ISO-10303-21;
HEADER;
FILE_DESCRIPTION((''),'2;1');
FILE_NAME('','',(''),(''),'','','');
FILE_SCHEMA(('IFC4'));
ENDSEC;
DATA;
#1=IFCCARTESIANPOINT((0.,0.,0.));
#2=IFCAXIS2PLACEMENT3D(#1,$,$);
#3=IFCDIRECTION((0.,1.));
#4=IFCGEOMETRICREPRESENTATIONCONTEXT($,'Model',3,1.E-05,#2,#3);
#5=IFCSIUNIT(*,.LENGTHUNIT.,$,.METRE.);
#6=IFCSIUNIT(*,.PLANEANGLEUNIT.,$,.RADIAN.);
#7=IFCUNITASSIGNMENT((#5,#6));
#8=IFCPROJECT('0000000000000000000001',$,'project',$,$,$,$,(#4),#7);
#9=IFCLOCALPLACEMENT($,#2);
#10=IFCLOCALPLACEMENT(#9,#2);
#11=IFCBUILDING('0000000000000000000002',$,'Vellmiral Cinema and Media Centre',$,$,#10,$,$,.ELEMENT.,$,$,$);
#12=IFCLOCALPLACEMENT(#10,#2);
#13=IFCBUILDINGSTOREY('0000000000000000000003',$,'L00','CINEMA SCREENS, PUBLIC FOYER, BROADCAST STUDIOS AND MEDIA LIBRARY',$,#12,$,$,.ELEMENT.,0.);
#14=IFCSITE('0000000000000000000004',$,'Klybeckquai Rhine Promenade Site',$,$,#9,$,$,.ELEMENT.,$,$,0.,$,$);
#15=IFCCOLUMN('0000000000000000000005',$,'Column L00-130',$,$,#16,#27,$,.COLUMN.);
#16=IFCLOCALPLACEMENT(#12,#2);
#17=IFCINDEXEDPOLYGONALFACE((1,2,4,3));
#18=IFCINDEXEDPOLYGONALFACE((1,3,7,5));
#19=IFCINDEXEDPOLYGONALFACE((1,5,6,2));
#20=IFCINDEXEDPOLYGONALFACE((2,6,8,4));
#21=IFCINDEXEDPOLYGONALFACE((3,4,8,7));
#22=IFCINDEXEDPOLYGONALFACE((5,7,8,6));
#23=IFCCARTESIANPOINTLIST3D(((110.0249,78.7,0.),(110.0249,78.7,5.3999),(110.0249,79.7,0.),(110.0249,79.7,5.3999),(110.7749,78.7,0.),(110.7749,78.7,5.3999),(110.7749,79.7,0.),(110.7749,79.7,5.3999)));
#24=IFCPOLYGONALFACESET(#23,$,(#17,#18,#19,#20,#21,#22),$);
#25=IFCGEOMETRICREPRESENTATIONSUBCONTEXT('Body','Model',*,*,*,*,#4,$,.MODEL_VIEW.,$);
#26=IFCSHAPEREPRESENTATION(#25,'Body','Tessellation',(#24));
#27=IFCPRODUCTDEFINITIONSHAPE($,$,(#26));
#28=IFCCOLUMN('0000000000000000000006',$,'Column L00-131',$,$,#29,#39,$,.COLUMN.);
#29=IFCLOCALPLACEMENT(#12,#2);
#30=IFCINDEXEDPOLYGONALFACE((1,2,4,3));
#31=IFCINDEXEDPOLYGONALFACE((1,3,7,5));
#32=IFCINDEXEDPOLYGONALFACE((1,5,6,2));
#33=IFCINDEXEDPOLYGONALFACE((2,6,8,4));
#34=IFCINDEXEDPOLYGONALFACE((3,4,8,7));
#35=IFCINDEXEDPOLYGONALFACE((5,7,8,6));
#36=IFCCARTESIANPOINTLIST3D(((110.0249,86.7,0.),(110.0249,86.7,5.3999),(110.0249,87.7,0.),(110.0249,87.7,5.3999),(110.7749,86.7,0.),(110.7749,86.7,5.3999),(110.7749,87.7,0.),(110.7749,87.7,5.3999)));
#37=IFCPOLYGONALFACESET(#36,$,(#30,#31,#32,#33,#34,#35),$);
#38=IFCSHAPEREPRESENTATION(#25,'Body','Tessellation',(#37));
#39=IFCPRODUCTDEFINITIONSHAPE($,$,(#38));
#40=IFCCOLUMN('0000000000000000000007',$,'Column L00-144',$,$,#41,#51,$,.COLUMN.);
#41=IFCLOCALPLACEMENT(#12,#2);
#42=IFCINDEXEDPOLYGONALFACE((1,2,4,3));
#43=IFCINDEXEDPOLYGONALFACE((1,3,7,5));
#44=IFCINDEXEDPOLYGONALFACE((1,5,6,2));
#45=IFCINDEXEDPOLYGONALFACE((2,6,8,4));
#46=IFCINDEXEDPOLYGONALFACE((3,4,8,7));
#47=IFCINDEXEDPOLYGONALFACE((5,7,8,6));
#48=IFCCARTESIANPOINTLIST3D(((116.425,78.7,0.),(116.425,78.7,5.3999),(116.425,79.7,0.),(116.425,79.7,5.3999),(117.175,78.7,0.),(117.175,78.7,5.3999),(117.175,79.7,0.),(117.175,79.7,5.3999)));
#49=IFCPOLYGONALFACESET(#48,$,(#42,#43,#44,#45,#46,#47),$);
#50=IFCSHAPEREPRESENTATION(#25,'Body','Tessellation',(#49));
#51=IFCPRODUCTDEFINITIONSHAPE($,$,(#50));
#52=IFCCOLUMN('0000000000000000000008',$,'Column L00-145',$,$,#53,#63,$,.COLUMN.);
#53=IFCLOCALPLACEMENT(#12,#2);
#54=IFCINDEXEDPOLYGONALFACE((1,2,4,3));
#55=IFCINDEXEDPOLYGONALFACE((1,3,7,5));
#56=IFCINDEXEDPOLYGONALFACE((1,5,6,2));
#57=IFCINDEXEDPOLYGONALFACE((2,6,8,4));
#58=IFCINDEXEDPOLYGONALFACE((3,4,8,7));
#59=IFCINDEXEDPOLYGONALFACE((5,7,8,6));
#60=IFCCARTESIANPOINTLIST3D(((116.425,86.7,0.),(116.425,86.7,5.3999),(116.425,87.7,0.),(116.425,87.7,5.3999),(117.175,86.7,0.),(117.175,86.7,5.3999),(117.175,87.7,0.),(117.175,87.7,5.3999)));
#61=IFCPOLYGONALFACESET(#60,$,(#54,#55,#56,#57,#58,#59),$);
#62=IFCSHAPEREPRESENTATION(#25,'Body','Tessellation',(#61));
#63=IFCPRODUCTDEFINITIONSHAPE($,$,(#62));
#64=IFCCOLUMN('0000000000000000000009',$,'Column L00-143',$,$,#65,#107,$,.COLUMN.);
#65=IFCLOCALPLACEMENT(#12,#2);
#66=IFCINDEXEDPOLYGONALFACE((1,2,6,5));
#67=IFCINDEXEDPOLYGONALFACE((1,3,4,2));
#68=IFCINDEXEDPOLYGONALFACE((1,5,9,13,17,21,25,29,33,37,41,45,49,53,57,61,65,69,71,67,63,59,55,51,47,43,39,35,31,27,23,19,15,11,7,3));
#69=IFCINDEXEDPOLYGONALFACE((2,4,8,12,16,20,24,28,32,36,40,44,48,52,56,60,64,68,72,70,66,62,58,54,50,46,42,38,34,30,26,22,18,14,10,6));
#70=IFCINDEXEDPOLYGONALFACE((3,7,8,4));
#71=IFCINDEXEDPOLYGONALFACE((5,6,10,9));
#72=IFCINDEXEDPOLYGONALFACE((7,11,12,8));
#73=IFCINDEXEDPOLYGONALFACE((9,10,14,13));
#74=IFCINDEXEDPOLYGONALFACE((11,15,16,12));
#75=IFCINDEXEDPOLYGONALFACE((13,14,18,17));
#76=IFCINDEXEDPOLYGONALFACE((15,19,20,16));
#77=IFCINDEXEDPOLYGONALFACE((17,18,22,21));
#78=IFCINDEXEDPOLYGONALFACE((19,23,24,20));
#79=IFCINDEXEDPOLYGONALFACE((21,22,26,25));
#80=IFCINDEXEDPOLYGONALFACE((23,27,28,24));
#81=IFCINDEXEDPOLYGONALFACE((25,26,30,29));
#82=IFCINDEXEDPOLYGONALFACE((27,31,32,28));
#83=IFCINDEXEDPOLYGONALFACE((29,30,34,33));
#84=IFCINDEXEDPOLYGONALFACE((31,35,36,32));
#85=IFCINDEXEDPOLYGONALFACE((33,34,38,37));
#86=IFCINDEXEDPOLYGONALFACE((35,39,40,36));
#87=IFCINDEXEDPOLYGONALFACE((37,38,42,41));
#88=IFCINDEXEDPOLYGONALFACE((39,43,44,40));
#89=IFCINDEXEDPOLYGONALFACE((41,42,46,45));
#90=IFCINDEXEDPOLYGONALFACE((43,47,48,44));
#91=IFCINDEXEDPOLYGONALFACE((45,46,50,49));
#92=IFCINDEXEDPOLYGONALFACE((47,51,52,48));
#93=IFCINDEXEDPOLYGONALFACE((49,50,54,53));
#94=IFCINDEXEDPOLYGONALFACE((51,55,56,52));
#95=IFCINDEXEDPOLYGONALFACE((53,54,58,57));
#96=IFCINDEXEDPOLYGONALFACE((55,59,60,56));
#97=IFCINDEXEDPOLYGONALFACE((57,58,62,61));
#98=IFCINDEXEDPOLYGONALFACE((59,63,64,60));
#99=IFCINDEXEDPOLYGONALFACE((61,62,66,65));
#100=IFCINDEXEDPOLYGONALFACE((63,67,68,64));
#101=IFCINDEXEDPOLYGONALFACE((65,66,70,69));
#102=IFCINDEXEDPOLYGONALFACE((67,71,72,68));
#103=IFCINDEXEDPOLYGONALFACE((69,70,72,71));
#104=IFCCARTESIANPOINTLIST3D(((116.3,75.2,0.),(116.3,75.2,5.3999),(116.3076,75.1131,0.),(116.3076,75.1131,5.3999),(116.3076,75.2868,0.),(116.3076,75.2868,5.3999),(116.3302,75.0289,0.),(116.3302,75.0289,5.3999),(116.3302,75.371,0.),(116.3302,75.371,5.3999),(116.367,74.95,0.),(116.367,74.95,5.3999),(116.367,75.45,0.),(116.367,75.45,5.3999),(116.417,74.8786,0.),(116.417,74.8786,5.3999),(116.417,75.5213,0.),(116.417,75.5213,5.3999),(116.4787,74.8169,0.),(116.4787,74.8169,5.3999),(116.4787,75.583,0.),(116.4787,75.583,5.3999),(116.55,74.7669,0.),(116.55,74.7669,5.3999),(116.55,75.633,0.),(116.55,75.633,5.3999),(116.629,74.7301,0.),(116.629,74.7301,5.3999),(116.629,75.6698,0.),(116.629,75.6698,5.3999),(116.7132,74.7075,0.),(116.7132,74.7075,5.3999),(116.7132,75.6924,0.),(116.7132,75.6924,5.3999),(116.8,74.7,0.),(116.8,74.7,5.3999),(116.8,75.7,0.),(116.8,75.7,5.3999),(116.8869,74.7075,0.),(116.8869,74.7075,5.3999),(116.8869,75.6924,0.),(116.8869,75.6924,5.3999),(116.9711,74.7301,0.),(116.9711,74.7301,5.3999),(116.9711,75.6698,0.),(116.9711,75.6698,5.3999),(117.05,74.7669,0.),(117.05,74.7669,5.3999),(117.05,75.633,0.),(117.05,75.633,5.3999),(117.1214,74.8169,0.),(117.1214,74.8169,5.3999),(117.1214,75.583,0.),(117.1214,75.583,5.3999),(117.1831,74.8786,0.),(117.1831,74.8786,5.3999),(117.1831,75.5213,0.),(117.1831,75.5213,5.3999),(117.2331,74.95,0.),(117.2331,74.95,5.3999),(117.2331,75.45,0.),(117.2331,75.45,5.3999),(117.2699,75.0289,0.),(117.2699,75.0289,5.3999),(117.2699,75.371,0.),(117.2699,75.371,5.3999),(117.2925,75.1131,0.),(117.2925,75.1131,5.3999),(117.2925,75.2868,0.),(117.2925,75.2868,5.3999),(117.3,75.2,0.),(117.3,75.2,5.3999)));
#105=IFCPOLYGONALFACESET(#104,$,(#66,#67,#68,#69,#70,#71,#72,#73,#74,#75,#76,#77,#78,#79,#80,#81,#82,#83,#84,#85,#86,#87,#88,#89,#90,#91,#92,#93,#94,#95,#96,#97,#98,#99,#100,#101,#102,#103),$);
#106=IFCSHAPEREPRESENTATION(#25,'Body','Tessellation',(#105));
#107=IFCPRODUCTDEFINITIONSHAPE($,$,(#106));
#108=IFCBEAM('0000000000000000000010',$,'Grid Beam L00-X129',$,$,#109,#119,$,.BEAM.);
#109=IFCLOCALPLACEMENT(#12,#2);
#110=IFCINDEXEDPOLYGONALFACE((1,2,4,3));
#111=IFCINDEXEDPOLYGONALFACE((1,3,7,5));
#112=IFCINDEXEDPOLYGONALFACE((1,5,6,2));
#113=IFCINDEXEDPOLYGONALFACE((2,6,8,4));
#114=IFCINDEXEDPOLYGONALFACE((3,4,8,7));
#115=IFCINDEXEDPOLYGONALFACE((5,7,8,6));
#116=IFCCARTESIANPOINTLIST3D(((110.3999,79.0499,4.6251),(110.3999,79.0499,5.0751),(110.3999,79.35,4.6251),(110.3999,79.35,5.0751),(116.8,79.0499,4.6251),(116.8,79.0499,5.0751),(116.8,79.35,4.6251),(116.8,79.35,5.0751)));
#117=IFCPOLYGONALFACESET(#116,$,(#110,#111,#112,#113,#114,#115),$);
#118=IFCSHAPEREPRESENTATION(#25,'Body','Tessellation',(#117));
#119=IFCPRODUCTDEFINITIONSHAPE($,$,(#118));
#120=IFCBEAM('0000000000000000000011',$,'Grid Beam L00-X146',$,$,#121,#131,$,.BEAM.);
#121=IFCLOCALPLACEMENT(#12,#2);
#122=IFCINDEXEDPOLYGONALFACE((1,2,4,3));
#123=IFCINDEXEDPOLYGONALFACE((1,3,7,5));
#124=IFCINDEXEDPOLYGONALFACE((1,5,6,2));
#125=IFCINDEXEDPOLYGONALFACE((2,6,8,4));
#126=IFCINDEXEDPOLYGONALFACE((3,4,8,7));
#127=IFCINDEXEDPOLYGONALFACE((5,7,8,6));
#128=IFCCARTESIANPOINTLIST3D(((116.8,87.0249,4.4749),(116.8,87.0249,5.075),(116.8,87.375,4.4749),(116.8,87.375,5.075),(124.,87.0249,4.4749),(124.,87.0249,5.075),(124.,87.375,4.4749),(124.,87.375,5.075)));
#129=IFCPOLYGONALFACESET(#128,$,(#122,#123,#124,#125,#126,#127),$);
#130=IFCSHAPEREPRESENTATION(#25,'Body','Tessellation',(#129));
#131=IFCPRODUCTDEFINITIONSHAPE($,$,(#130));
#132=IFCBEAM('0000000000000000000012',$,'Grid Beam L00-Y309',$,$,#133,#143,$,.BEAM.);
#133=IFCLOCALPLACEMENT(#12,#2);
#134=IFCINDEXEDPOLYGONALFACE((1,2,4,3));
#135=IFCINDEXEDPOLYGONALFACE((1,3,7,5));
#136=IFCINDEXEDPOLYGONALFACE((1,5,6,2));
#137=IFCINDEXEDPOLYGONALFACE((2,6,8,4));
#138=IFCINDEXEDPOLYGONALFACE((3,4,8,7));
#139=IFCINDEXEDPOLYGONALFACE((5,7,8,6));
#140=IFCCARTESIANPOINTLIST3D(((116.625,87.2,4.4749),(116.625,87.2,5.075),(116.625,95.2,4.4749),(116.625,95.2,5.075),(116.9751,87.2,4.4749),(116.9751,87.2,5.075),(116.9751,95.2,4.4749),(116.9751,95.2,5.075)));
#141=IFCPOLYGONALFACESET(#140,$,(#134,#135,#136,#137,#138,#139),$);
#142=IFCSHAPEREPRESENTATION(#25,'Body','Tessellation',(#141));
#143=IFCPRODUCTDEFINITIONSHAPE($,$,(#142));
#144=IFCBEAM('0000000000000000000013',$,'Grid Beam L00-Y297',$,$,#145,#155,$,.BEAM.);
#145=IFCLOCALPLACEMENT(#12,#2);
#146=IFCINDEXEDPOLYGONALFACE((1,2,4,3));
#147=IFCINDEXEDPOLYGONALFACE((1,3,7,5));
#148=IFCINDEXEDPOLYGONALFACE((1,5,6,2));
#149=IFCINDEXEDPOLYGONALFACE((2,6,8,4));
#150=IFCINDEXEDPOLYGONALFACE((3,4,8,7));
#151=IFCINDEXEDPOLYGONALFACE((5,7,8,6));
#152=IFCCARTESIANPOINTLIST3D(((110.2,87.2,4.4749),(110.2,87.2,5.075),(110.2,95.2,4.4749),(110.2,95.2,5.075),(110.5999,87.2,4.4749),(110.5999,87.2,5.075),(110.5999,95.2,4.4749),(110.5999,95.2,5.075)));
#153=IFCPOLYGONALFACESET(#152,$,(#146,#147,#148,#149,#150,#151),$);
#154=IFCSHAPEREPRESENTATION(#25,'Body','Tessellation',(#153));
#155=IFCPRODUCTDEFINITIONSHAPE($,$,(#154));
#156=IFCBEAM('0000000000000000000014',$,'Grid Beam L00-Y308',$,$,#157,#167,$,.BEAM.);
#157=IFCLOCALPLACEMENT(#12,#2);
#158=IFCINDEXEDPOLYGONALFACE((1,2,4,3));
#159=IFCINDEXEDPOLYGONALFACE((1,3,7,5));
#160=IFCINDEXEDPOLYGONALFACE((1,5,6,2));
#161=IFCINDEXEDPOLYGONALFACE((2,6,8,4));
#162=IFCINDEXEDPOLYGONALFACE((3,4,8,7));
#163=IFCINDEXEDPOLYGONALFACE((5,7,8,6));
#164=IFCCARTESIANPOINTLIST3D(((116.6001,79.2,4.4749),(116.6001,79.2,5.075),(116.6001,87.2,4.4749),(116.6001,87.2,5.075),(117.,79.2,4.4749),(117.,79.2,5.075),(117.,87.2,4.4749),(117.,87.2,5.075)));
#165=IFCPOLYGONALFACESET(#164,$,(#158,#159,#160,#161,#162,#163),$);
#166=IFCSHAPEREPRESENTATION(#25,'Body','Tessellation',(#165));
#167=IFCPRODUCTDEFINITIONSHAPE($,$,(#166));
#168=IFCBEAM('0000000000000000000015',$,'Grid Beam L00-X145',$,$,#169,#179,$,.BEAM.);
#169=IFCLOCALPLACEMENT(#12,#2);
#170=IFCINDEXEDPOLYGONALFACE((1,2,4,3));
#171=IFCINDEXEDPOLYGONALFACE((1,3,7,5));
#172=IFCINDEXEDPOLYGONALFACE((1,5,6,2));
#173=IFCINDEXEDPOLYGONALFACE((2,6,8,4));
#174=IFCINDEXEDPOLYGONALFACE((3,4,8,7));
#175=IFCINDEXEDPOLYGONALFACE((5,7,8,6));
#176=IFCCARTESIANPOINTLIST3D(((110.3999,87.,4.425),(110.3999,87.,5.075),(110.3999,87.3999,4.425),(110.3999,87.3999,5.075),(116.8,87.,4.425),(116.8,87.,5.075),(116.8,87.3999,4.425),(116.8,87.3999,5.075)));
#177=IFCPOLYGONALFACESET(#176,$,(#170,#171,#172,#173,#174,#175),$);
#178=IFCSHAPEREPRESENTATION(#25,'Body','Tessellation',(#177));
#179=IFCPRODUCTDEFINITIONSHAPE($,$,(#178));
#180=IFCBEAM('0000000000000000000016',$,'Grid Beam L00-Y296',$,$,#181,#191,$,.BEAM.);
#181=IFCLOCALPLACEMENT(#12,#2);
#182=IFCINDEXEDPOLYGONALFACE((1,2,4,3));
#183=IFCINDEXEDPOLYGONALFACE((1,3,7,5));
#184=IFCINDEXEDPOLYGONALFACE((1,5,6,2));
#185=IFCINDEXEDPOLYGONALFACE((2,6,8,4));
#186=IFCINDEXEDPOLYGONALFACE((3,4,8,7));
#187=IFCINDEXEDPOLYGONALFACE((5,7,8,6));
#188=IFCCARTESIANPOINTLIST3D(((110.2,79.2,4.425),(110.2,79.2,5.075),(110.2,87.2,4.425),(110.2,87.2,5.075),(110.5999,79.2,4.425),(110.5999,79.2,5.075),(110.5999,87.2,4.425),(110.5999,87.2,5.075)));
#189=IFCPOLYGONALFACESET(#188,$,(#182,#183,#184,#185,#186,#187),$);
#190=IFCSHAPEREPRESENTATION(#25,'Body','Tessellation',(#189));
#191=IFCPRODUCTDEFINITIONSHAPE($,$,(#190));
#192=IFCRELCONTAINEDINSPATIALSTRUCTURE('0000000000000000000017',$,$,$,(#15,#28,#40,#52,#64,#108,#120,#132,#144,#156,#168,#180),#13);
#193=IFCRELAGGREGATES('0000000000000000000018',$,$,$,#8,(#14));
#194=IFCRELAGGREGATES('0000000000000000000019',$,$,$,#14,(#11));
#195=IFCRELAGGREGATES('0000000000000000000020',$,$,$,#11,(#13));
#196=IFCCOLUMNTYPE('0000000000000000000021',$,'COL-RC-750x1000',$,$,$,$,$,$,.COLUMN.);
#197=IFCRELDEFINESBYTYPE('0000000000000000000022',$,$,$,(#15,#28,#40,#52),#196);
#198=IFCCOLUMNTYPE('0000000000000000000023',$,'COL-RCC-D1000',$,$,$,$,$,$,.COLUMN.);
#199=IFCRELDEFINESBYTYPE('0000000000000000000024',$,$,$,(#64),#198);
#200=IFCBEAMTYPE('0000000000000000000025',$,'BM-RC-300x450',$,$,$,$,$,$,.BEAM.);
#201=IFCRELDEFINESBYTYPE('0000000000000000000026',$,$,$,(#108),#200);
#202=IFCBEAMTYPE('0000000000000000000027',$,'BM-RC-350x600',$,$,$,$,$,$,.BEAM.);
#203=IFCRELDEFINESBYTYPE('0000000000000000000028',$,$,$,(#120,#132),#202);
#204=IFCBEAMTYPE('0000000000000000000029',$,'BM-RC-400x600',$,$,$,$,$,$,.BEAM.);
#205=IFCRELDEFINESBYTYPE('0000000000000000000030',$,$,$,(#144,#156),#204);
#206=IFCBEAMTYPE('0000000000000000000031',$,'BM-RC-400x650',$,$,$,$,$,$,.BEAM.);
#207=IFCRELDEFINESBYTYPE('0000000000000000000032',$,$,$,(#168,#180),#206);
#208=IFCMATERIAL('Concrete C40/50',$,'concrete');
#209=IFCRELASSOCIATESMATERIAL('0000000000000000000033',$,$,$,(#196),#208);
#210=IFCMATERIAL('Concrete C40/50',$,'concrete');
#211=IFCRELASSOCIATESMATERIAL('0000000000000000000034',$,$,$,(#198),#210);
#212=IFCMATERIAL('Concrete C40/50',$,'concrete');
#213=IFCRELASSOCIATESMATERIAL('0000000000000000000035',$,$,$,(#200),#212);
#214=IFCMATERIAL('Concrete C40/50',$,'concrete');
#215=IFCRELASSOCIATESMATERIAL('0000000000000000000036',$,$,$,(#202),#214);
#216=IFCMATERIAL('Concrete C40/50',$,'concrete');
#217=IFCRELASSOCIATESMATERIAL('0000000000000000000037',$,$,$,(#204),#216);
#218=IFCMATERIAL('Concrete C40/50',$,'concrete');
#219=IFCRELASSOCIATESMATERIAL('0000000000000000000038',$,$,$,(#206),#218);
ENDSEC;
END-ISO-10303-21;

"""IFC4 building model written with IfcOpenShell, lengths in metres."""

from ifc_helpers import new_model, si_unit, direction, frame, origin, origin_2d, place, context, subcontext, project, spatial, rectangle, circle, extrude, material, material_profile, profile_set, type_object, element, save


model = new_model("IFC4")

# Units and contexts
model_context = context("Model", 3, precision=1e-05, world=origin(), true_north=direction((0.0, 1.0)))
body_context = subcontext(model_context, "Body", "Model", "MODEL_VIEW")
ifc_project = project(units=[si_unit("LENGTHUNIT", "METRE"), si_unit("PLANEANGLEUNIT", "RADIAN")], contexts=[model_context])

# Site, building, storey
site_placement = place(None, origin())
site = spatial("IfcSite", under=ifc_project, at=site_placement, Name="Klybeckquai Rhine Promenade Site", CompositionType="ELEMENT", RefElevation=0.0)
building_placement = place(site_placement, origin())
building = spatial("IfcBuilding", under=site, at=building_placement, Name="Vellmiral Cinema and Media Centre", CompositionType="ELEMENT")
storey_placement = place(building_placement, origin())
storey = spatial("IfcBuildingStorey", under=building, at=storey_placement, Name="L00", Description="CINEMA SCREENS, PUBLIC FOYER, BROADCAST STUDIOS AND MEDIA LIBRARY", CompositionType="ELEMENT", Elevation=0.0)

# Columns
ifc_material_1 = material(Name="Concrete C40/50", Category="concrete")
ifc_material_profile_1 = material_profile(ifc_material_1, rectangle(XDim=0.75, YDim=1.0, at=origin_2d()), Name="RC 750x1000")
ifc_profile_set_1 = profile_set([ifc_material_profile_1], Name="Concrete C40/50")
column_type_1 = type_object("IfcColumnType", Name="COL-RC-750x1000", PredefinedType="COLUMN", material=ifc_profile_set_1)
for number, where, z_axis, x_axis, name in (
    (1, (110.3999, 79.2, 0.0), (0.0, 0.0, 1.0), (1.0, 0.0, 0.0), "Column L00-130"),
    (2, (110.3999, 87.2, 0.0), (0.0, 0.0, 1.0), (1.0, 0.0, 0.0), "Column L00-131"),
    (3, (116.8, 79.2, 0.0), (0.0, 0.0, 1.0), (1.0, 0.0, 0.0), "Column L00-144"),
    (4, (116.8, 87.2, 0.0), (0.0, 0.0, 1.0), (1.0, 0.0, 0.0), "Column L00-145"),
):
    element("IfcColumn", number, at=place(storey_placement, frame(where, z_axis=z_axis, x_axis=x_axis)), inside=storey, type_object=column_type_1, Name=name, PredefinedType="COLUMN", context=body_context, shape_type="SweptSolid", body=[
        extrude(rectangle(XDim=0.75, YDim=1.0, at=origin_2d()), origin(), (0.0, 0.0, 1.0), 5.3999),
    ])
ifc_material_2 = material(Name="Concrete C40/50", Category="concrete")
ifc_material_profile_2 = material_profile(ifc_material_2, circle(Radius=0.5, at=origin_2d()), Name="RC D1000")
ifc_profile_set_2 = profile_set([ifc_material_profile_2], Name="Concrete C40/50")
column_type_2 = type_object("IfcColumnType", Name="COL-RCC-D1000", PredefinedType="COLUMN", material=ifc_profile_set_2)
column_placement = place(storey_placement, frame((116.8, 75.2, 0.0), z_axis=(0.0, 0.0, 1.0), x_axis=(1.0, 0.0, 0.0)))
element("IfcColumn", 5, at=column_placement, inside=storey, type_object=column_type_2, Name="Column L00-143", PredefinedType="COLUMN", context=body_context, shape_type="SweptSolid", body=[
    extrude(circle(Radius=0.5, at=origin_2d()), origin(), (0.0, 0.0, 1.0), 5.3999),
])

# Beams
ifc_material_3 = material(Name="Concrete C40/50", Category="concrete")
ifc_material_profile_3 = material_profile(ifc_material_3, rectangle(XDim=0.3, YDim=0.45, at=origin_2d()), Name="RC 300x450")
ifc_profile_set_3 = profile_set([ifc_material_profile_3], Name="Concrete C40/50")
beam_type_1 = type_object("IfcBeamType", Name="BM-RC-300x450", PredefinedType="BEAM", material=ifc_profile_set_3)
beam_1_placement = place(storey_placement, frame((110.3999, 79.2, 4.8501), z_axis=(1.0, 0.0, 0.0), x_axis=(0.0, 1.0, 0.0)))
element("IfcBeam", 6, at=beam_1_placement, inside=storey, type_object=beam_type_1, Name="Grid Beam L00-X129", PredefinedType="BEAM", context=body_context, shape_type="SweptSolid", body=[
    extrude(rectangle(XDim=0.3, YDim=0.45, at=origin_2d()), origin(), (0.0, 0.0, 1.0), 6.4001),
])
ifc_material_4 = material(Name="Concrete C40/50", Category="concrete")
ifc_material_profile_4 = material_profile(ifc_material_4, rectangle(XDim=0.3501, YDim=0.6001, at=origin_2d()), Name="RC 350x600")
ifc_profile_set_4 = profile_set([ifc_material_profile_4], Name="Concrete C40/50")
beam_type_2 = type_object("IfcBeamType", Name="BM-RC-350x600", PredefinedType="BEAM", material=ifc_profile_set_4)
beam_2_placement = place(storey_placement, frame((116.8, 87.2, 4.7749), z_axis=(1.0, 0.0, 0.0), x_axis=(0.0, 1.0, 0.0)))
element("IfcBeam", 7, at=beam_2_placement, inside=storey, type_object=beam_type_2, Name="Grid Beam L00-X146", PredefinedType="BEAM", context=body_context, shape_type="SweptSolid", body=[
    extrude(rectangle(XDim=0.3501, YDim=0.6001, at=origin_2d()), origin(), (0.0, 0.0, 1.0), 7.2),
])
beam_3_placement = place(storey_placement, frame((116.8, 87.2, 4.7749), z_axis=(0.0, 1.0, 0.0), x_axis=(-1.0, 0.0, 0.0)))
element("IfcBeam", 8, at=beam_3_placement, inside=storey, type_object=beam_type_2, Name="Grid Beam L00-Y309", PredefinedType="BEAM", context=body_context, shape_type="SweptSolid", body=[
    extrude(rectangle(XDim=0.3501, YDim=0.6001, at=origin_2d()), origin(), (0.0, 0.0, 1.0), 8.0),
])
ifc_material_5 = material(Name="Concrete C40/50", Category="concrete")
ifc_material_profile_5 = material_profile(ifc_material_5, rectangle(XDim=0.3999, YDim=0.6001, at=origin_2d()), Name="RC 400x600")
ifc_profile_set_5 = profile_set([ifc_material_profile_5], Name="Concrete C40/50")
beam_type_3 = type_object("IfcBeamType", Name="BM-RC-400x600", PredefinedType="BEAM", material=ifc_profile_set_5)
for number, where, z_axis, x_axis, name in (
    (9, (110.3999, 87.2, 4.7749), (0.0, 1.0, 0.0), (-1.0, 0.0, 0.0), "Grid Beam L00-Y297"),
    (10, (116.8, 79.2, 4.7749), (0.0, 1.0, 0.0), (-1.0, 0.0, 0.0), "Grid Beam L00-Y308"),
):
    element("IfcBeam", number, at=place(storey_placement, frame(where, z_axis=z_axis, x_axis=x_axis)), inside=storey, type_object=beam_type_3, Name=name, PredefinedType="BEAM", context=body_context, shape_type="SweptSolid", body=[
        extrude(rectangle(XDim=0.3999, YDim=0.6001, at=origin_2d()), origin(), (0.0, 0.0, 1.0), 8.0),
    ])
ifc_material_6 = material(Name="Concrete C40/50", Category="concrete")
ifc_material_profile_6 = material_profile(ifc_material_6, rectangle(XDim=0.3999, YDim=0.6499, at=origin_2d()), Name="RC 400x650")
ifc_profile_set_6 = profile_set([ifc_material_profile_6], Name="Concrete C40/50")
beam_type_4 = type_object("IfcBeamType", Name="BM-RC-400x650", PredefinedType="BEAM", material=ifc_profile_set_6)
beam_4_placement = place(storey_placement, frame((110.3999, 87.2, 4.75), z_axis=(1.0, 0.0, 0.0), x_axis=(0.0, 1.0, 0.0)))
element("IfcBeam", 11, at=beam_4_placement, inside=storey, type_object=beam_type_4, Name="Grid Beam L00-X145", PredefinedType="BEAM", context=body_context, shape_type="SweptSolid", body=[
    extrude(rectangle(XDim=0.3999, YDim=0.6499, at=origin_2d()), origin(), (0.0, 0.0, 1.0), 6.4001),
])
beam_5_placement = place(storey_placement, frame((110.3999, 79.2, 4.75), z_axis=(0.0, 1.0, 0.0), x_axis=(-1.0, 0.0, 0.0)))
element("IfcBeam", 12, at=beam_5_placement, inside=storey, type_object=beam_type_4, Name="Grid Beam L00-Y296", PredefinedType="BEAM", context=body_context, shape_type="SweptSolid", body=[
    extrude(rectangle(XDim=0.3999, YDim=0.6499, at=origin_2d()), origin(), (0.0, 0.0, 1.0), 8.0),
])

save(model, "model.ifc")
